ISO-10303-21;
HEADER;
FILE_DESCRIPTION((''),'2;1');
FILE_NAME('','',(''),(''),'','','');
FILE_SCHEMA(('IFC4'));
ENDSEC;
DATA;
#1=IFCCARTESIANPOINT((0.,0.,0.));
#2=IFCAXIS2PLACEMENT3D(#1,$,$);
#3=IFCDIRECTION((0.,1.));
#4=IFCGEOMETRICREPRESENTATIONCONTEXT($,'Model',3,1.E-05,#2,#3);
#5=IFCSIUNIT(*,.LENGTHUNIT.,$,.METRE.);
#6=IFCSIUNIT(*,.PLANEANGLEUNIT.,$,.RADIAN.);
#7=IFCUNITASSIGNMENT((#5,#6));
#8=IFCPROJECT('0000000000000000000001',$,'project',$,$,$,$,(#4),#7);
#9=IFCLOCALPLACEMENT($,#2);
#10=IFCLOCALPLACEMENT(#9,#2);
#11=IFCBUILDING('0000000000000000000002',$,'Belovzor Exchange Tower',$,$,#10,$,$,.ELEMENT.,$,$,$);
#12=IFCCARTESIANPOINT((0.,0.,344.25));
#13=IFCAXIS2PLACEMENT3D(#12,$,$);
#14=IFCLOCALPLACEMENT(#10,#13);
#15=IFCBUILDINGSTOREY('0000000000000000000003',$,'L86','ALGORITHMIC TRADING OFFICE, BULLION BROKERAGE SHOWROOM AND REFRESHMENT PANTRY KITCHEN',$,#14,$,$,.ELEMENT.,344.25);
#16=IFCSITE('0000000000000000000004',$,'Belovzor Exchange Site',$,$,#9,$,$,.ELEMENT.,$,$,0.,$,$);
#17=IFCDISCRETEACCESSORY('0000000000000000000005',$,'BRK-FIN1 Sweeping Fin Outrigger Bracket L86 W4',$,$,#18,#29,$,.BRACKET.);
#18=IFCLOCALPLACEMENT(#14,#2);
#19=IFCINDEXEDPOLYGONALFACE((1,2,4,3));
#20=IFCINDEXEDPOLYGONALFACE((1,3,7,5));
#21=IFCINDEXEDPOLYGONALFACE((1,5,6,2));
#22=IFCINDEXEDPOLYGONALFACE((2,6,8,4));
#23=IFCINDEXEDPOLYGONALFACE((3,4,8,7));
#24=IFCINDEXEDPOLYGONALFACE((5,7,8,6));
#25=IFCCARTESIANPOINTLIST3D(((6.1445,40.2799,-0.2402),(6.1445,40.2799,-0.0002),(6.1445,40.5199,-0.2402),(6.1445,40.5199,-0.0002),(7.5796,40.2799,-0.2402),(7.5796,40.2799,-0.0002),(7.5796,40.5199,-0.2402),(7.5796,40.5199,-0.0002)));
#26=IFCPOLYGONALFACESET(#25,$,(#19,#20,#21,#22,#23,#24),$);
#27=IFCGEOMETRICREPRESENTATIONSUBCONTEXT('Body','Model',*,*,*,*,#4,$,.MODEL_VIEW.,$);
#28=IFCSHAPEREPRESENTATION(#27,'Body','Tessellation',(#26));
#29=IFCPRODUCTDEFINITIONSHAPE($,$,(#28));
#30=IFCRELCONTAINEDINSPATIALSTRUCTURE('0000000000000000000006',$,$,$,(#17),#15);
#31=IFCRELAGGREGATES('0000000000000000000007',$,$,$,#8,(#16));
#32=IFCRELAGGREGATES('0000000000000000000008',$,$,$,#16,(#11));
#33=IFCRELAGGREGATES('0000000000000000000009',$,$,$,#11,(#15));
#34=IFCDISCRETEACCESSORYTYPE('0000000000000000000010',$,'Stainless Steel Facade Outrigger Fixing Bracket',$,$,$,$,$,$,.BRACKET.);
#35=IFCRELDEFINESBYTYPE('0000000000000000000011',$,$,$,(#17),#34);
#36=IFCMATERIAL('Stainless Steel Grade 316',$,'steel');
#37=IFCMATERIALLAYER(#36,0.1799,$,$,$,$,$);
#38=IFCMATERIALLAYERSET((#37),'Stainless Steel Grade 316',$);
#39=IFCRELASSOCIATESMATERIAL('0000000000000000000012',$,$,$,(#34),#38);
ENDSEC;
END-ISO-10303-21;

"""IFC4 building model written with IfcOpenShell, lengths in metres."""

from ifc_helpers import new_model, si_unit, direction, frame, origin, origin_2d, place, context, subcontext, project, spatial, rectangle, extrude, material, layer, layer_set, type_object, element, save


model = new_model("IFC4")

# Units and contexts
model_context = context("Model", 3, precision=1e-05, world=origin(), true_north=direction((0.0, 1.0)))
body_context = subcontext(model_context, "Body", "Model", "MODEL_VIEW")
ifc_project = project(units=[si_unit("LENGTHUNIT", "METRE"), si_unit("PLANEANGLEUNIT", "RADIAN")], contexts=[model_context])

# Site, building, storey
site_placement = place(None, origin())
site = spatial("IfcSite", under=ifc_project, at=site_placement, Name="Belovzor Exchange Site", CompositionType="ELEMENT", RefElevation=0.0)
building_placement = place(site_placement, origin())
building = spatial("IfcBuilding", under=site, at=building_placement, Name="Belovzor Exchange Tower", CompositionType="ELEMENT")
storey_placement = place(building_placement, frame((0.0, 0.0, 344.25)))
storey = spatial("IfcBuildingStorey", under=building, at=storey_placement, Name="L86", Description="ALGORITHMIC TRADING OFFICE, BULLION BROKERAGE SHOWROOM AND REFRESHMENT PANTRY KITCHEN", CompositionType="ELEMENT", Elevation=344.25)

# Discrete accessory
ifc_material_1 = material(Name="Stainless Steel Grade 316", Category="steel")
ifc_layer_1 = layer(ifc_material_1, 0.1799)
ifc_layer_set_1 = layer_set([ifc_layer_1], Name="Stainless Steel Grade 316")
discrete_accessory_type = type_object("IfcDiscreteAccessoryType", Name="Stainless Steel Facade Outrigger Fixing Bracket", PredefinedType="BRACKET", material=ifc_layer_set_1)
discrete_accessory_placement = place(storey_placement, frame((6.8621, 40.3999, -0.2402), z_axis=(0.0, 0.0, 1.0), x_axis=(1.0, 0.0, 0.0)))
element("IfcDiscreteAccessory", 1, at=discrete_accessory_placement, inside=storey, type_object=discrete_accessory_type, Name="BRK-FIN1 Sweeping Fin Outrigger Bracket L86 W4", PredefinedType="BRACKET", context=body_context, shape_type="SweptSolid", body=[
    extrude(rectangle(XDim=1.4351, YDim=0.24, at=origin_2d()), origin(), (0.0, 0.0, 1.0), 0.24),
])

save(model, "model.ifc")
